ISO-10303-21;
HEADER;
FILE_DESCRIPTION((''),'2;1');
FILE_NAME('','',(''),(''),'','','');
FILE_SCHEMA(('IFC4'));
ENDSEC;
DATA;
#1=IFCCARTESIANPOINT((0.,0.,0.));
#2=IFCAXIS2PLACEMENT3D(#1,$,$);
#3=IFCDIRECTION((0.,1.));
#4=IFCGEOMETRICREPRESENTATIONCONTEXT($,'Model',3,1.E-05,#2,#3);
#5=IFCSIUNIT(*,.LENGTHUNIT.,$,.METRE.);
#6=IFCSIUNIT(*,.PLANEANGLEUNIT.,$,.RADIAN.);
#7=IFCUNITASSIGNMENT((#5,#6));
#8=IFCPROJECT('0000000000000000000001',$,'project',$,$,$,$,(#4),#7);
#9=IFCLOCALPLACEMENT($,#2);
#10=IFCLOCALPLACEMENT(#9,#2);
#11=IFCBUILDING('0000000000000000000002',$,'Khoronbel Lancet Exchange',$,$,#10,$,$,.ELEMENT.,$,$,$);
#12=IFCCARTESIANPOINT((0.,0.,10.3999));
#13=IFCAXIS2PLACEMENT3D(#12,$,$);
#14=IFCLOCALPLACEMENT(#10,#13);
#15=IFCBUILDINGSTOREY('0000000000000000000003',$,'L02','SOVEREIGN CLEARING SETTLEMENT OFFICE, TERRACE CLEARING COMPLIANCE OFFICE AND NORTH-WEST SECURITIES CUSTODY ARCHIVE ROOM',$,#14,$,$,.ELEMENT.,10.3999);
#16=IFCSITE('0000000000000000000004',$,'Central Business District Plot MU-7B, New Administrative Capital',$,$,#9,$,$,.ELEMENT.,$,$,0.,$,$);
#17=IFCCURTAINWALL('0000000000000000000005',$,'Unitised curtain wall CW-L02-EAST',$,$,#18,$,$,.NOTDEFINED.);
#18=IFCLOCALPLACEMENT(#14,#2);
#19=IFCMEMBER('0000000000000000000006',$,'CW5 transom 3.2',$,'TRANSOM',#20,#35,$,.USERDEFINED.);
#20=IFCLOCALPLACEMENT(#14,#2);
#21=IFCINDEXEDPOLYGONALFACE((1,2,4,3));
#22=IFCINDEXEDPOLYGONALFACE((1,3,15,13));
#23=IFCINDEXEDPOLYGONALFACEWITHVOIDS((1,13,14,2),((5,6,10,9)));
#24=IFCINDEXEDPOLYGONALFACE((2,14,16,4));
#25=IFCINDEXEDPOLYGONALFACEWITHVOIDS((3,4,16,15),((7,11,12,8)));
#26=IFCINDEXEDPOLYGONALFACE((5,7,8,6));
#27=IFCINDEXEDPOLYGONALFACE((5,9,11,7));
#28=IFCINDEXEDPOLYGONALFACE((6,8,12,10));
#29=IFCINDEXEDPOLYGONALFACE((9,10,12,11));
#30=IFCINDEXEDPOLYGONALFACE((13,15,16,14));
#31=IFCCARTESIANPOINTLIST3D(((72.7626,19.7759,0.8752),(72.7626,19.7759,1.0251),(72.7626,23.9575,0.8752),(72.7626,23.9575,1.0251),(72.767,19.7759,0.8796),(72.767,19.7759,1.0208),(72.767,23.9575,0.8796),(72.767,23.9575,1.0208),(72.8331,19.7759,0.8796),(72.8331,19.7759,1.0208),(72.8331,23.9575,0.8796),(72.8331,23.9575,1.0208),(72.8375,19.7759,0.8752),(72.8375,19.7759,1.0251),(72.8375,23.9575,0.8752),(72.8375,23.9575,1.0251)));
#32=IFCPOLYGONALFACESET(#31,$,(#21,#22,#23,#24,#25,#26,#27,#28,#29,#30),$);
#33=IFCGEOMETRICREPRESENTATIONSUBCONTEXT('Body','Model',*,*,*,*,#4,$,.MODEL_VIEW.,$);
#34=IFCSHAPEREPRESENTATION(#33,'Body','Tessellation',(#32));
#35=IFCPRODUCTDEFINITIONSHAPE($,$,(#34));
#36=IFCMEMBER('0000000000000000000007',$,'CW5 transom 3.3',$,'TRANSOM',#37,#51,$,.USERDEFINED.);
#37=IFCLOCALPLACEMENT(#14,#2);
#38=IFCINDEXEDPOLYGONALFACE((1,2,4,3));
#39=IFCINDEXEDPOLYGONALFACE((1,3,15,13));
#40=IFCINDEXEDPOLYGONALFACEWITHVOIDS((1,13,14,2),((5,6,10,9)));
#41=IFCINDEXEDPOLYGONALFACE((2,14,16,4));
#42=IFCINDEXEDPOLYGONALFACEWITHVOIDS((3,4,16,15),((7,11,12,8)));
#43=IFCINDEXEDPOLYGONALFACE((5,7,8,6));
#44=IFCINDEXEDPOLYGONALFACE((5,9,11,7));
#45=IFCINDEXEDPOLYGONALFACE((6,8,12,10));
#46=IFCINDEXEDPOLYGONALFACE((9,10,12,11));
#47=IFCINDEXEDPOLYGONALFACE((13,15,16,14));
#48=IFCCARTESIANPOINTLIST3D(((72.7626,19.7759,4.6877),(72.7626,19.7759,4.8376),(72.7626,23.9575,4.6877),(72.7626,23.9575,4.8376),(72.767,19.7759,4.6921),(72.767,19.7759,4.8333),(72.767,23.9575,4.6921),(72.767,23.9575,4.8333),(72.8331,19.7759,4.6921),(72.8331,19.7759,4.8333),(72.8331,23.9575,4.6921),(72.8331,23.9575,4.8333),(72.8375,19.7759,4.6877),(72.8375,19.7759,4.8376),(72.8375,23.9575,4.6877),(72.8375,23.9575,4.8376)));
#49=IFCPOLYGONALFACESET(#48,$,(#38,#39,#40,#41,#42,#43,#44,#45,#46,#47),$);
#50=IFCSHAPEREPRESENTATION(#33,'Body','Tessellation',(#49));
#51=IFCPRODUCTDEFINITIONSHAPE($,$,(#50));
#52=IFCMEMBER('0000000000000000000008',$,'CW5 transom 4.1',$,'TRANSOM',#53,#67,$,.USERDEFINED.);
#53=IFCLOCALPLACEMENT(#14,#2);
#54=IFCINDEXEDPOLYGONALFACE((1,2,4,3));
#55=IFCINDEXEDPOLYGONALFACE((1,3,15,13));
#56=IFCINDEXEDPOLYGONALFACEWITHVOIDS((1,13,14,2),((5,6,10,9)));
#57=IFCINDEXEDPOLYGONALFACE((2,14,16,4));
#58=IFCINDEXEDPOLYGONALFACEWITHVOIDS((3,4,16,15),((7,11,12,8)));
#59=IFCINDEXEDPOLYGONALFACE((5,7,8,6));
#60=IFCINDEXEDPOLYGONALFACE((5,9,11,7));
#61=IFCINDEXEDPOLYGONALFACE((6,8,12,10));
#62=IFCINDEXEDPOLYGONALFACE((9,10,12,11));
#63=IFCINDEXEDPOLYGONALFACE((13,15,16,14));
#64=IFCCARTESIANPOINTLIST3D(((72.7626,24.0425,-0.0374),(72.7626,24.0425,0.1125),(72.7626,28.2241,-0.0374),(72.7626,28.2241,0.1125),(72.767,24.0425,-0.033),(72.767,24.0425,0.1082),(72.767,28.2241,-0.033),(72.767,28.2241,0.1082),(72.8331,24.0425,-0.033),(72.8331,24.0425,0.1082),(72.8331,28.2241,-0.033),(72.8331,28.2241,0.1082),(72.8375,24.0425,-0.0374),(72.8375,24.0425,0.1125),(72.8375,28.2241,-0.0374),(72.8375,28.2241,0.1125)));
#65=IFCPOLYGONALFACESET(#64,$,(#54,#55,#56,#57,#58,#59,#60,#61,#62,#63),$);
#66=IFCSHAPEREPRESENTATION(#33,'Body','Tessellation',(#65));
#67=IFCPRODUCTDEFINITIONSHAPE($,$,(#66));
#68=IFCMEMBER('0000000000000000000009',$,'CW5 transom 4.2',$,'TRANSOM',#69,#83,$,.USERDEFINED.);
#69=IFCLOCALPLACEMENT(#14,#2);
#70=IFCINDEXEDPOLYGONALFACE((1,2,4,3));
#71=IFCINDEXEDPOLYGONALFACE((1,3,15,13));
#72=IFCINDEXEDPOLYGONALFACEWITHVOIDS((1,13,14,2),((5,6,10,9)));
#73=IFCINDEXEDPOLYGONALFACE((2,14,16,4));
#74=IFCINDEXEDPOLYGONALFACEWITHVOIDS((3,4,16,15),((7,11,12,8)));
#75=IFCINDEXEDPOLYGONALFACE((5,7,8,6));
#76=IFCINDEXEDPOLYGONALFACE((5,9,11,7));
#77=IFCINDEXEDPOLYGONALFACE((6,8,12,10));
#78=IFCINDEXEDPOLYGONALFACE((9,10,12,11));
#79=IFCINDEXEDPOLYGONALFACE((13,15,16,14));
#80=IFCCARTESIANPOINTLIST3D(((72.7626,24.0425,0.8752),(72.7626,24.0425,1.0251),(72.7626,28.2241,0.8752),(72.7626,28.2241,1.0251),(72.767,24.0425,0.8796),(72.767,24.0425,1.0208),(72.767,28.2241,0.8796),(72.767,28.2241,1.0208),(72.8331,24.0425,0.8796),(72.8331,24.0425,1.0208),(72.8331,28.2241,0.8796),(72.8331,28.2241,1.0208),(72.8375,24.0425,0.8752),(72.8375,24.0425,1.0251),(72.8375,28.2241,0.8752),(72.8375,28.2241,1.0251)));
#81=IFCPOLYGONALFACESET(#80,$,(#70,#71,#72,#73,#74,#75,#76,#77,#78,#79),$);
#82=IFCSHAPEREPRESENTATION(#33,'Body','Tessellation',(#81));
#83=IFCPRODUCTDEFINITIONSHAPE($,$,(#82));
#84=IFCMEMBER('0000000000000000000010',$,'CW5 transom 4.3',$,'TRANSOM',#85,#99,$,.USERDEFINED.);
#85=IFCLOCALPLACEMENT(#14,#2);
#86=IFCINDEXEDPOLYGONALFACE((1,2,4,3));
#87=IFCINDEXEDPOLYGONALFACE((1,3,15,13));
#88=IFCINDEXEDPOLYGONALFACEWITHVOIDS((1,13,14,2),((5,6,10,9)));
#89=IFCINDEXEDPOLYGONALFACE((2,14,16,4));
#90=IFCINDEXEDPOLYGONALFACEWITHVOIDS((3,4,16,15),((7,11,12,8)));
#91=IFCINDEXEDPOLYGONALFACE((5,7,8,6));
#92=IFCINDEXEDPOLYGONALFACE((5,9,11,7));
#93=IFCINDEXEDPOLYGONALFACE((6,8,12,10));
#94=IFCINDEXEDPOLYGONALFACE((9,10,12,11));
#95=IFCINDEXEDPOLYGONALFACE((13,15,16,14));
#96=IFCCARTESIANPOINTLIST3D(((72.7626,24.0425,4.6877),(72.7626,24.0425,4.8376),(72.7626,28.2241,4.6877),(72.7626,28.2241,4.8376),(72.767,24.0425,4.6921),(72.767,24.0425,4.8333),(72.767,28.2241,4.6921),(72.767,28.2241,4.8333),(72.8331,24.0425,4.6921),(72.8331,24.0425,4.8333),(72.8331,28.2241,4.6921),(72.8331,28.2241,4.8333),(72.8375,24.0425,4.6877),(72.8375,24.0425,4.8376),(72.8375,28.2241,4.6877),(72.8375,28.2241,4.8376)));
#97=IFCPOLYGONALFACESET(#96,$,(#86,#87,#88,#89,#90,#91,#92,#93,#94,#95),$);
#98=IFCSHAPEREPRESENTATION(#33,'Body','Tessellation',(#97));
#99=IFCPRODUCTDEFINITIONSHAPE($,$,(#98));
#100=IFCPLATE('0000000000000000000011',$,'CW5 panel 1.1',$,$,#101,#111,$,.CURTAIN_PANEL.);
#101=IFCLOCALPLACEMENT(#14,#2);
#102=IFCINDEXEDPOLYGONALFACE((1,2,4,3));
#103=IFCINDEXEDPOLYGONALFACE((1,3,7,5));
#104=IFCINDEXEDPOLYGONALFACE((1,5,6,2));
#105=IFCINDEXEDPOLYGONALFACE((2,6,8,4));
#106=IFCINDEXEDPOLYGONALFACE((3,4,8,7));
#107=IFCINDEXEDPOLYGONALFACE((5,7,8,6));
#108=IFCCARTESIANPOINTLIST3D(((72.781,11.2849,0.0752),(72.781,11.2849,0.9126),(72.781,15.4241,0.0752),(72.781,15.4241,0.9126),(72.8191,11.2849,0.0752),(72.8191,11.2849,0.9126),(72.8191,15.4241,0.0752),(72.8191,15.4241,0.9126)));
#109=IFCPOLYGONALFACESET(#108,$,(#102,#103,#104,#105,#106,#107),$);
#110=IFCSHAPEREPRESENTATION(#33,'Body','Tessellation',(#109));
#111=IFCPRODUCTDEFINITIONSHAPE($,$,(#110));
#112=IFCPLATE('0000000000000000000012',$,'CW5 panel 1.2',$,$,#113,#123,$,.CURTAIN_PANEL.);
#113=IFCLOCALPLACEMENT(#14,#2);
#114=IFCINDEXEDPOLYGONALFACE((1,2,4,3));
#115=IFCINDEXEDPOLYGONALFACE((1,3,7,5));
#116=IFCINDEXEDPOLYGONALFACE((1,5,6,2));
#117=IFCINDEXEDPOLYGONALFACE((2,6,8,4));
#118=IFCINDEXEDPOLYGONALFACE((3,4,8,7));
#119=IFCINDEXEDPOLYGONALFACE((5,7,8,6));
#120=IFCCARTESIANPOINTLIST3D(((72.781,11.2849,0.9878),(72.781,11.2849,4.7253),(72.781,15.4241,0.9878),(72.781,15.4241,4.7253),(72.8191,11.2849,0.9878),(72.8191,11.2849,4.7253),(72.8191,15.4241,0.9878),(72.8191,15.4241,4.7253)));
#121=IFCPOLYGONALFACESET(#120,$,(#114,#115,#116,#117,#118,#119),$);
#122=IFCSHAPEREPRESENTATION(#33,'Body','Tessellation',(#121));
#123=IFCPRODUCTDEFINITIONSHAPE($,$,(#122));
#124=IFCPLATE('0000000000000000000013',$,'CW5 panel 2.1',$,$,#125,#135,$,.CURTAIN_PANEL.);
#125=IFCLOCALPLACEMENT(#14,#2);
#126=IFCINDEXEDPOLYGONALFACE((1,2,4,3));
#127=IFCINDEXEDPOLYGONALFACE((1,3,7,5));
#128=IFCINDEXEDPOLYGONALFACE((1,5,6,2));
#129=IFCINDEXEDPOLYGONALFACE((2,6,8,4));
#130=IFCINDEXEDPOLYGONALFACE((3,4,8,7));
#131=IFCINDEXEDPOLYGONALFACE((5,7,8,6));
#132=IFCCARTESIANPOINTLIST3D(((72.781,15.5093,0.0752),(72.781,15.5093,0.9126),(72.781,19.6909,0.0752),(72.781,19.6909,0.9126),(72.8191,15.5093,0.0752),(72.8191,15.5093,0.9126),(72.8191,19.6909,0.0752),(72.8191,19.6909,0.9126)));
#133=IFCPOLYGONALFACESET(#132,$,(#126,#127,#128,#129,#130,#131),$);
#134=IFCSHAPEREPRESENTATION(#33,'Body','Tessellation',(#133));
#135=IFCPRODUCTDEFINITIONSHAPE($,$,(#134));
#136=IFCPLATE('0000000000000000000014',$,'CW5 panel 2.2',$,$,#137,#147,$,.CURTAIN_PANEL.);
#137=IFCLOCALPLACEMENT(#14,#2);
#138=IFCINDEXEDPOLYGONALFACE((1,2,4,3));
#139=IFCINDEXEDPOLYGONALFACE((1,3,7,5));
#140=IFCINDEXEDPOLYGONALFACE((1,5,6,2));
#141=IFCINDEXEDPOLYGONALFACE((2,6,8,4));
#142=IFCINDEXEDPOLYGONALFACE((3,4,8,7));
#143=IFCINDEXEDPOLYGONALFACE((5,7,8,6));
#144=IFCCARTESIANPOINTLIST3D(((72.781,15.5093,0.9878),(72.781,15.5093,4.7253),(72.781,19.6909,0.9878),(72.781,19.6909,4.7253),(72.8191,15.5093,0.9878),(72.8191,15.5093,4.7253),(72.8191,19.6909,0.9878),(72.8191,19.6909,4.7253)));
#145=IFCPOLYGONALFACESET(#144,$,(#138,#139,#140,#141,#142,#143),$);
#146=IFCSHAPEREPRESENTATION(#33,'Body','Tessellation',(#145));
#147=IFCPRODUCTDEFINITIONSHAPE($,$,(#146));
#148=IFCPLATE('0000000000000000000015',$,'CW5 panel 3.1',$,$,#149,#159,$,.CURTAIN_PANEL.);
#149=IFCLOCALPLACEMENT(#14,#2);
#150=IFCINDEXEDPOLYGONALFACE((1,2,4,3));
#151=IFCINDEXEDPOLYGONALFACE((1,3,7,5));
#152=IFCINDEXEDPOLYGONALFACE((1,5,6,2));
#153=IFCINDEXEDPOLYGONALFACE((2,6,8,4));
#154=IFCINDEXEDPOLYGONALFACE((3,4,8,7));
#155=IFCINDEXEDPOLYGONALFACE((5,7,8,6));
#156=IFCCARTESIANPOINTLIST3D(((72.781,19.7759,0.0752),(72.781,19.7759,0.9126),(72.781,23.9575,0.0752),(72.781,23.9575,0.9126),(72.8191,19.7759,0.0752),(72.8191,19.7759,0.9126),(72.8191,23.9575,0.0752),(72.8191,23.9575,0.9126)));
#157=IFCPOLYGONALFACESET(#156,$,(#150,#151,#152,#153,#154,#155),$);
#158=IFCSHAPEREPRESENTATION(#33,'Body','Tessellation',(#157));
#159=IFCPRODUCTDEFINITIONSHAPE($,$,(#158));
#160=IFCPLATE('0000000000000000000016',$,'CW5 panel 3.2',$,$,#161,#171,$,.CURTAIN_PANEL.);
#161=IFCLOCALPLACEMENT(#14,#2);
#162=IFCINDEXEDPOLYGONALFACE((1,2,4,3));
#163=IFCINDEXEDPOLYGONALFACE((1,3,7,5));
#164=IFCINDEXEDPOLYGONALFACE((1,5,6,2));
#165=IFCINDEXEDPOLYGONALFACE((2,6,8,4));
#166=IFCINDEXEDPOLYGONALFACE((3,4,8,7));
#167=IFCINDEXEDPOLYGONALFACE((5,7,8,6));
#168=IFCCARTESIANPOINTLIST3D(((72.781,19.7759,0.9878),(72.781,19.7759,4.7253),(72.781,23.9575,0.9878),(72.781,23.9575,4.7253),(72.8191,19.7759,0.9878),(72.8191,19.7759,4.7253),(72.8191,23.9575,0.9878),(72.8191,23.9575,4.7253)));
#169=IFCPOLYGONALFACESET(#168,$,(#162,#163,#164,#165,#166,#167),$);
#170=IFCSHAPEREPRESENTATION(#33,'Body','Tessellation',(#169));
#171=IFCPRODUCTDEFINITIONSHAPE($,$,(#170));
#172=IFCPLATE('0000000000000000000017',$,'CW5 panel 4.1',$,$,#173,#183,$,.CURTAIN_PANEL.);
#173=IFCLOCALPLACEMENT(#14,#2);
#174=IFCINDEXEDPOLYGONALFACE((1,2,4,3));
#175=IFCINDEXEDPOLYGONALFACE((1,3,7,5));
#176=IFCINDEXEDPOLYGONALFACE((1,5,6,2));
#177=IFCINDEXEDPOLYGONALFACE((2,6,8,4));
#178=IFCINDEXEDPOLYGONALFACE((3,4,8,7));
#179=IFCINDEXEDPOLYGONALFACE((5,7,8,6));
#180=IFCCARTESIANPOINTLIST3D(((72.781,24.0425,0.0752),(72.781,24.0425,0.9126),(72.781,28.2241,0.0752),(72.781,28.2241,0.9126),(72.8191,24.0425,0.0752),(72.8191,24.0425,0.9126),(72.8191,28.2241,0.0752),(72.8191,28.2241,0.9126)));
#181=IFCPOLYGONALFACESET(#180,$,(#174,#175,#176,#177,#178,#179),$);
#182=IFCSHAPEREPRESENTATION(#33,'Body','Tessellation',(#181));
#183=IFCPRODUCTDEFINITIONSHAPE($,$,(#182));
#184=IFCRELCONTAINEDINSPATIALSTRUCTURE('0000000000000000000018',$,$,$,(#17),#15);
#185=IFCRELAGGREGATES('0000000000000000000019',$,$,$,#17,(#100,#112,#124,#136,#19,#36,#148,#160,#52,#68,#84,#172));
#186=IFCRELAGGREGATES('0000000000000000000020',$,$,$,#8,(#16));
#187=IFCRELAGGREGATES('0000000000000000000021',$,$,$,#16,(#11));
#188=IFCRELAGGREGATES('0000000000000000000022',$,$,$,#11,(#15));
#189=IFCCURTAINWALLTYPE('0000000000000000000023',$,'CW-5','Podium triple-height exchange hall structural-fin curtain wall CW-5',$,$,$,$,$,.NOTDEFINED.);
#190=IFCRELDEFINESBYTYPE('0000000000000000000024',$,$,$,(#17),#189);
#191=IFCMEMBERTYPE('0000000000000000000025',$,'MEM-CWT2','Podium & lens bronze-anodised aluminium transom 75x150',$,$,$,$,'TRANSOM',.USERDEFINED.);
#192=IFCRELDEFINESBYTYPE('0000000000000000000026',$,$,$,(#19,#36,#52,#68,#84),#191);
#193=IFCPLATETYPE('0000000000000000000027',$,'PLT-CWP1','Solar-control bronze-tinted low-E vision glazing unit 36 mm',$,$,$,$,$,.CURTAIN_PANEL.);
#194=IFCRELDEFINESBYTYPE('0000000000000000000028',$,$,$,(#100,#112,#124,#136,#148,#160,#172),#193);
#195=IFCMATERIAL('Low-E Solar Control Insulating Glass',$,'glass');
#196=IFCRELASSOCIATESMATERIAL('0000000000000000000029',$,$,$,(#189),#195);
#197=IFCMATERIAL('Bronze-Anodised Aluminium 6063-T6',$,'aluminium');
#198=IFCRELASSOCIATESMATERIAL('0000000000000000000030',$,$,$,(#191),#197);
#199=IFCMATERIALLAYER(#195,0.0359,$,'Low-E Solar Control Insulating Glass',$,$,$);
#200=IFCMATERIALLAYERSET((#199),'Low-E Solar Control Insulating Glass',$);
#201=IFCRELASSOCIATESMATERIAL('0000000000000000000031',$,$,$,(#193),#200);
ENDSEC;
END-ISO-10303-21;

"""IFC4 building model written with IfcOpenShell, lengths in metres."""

from ifc_helpers import new_model, si_unit, direction, frame, origin, origin_2d, place, context, subcontext, project, spatial, rectangle, hollow_rectangle, extrude, material, layer, layer_set, material_profile, profile_set, type_object, element, aggregate, save


model = new_model("IFC4")

# Units and contexts
model_context = context("Model", 3, precision=1e-05, world=origin(), true_north=direction((0.0, 1.0)))
body_context = subcontext(model_context, "Body", "Model", "MODEL_VIEW")
ifc_project = project(units=[si_unit("LENGTHUNIT", "METRE"), si_unit("PLANEANGLEUNIT", "RADIAN")], contexts=[model_context])

# Site, building, storey
site_placement = place(None, origin())
site = spatial("IfcSite", under=ifc_project, at=site_placement, Name="Central Business District Plot MU-7B, New Administrative Capital", CompositionType="ELEMENT", RefElevation=0.0)
building_placement = place(site_placement, origin())
building = spatial("IfcBuilding", under=site, at=building_placement, Name="Khoronbel Lancet Exchange", CompositionType="ELEMENT")
storey_placement = place(building_placement, frame((0.0, 0.0, 10.3999)))
storey = spatial("IfcBuildingStorey", under=building, at=storey_placement, Name="L02", Description="SOVEREIGN CLEARING SETTLEMENT OFFICE, TERRACE CLEARING COMPLIANCE OFFICE AND NORTH-WEST SECURITIES CUSTODY ARCHIVE ROOM", CompositionType="ELEMENT", Elevation=10.3999)

# Curtain wall, members, plates
ifc_material_1 = material(Name="Low-E Solar Control Insulating Glass", Category="glass")
curtain_wall_type = type_object("IfcCurtainWallType", Name="CW-5", Description="Podium triple-height exchange hall structural-fin curtain wall CW-5", PredefinedType="NOTDEFINED", material=ifc_material_1)
curtain_wall_placement = place(storey_placement, origin())
curtain_wall = element("IfcCurtainWall", 1, at=curtain_wall_placement, inside=storey, type_object=curtain_wall_type, Name="Unitised curtain wall CW-L02-EAST", PredefinedType="NOTDEFINED")
ifc_material_2 = material(Name="Bronze-Anodised Aluminium 6063-T6", Category="aluminium")
ifc_material_profile_1 = material_profile(ifc_material_2, hollow_rectangle(XDim=0.075, YDim=0.1499, WallThickness=0.0044, at=origin_2d()), Name="ALU TRANSOM 75x150")
ifc_profile_set_1 = profile_set([ifc_material_profile_1], Name="Bronze-Anodised Aluminium 6063-T6")
member_type_1 = type_object("IfcMemberType", Name="MEM-CWT2", Description="Podium & lens bronze-anodised aluminium transom 75x150", ElementType="TRANSOM", PredefinedType="USERDEFINED", material=ifc_profile_set_1)
member_1_placement = place(storey_placement, frame((72.8, 19.7759, 0.9502), z_axis=(0.0, 1.0, 0.0), x_axis=(-1.0, 0.0, 0.0)))
member_1 = element("IfcMember", 2, at=member_1_placement, type_object=member_type_1, Name="CW5 transom 3.2", ObjectType="TRANSOM", PredefinedType="USERDEFINED", context=body_context, shape_type="SweptSolid", body=[
    extrude(hollow_rectangle(XDim=0.075, YDim=0.1499, WallThickness=0.0044, at=origin_2d()), origin(), (0.0, 0.0, 1.0), 4.1816),
])
member_2_placement = place(storey_placement, frame((72.8, 19.7759, 4.7627), z_axis=(0.0, 1.0, 0.0), x_axis=(-1.0, 0.0, 0.0)))
member_2 = element("IfcMember", 3, at=member_2_placement, type_object=member_type_1, Name="CW5 transom 3.3", ObjectType="TRANSOM", PredefinedType="USERDEFINED", context=body_context, shape_type="SweptSolid", body=[
    extrude(hollow_rectangle(XDim=0.075, YDim=0.1499, WallThickness=0.0044, at=origin_2d()), origin(), (0.0, 0.0, 1.0), 4.1816),
])
member_3_placement = place(storey_placement, frame((72.8, 24.0425, 0.0376), z_axis=(0.0, 1.0, 0.0), x_axis=(-1.0, 0.0, 0.0)))
member_3 = element("IfcMember", 4, at=member_3_placement, type_object=member_type_1, Name="CW5 transom 4.1", ObjectType="TRANSOM", PredefinedType="USERDEFINED", context=body_context, shape_type="SweptSolid", body=[
    extrude(hollow_rectangle(XDim=0.075, YDim=0.1499, WallThickness=0.0044, at=origin_2d()), origin(), (0.0, 0.0, 1.0), 4.1816),
])
member_4_placement = place(storey_placement, frame((72.8, 24.0425, 0.9502), z_axis=(0.0, 1.0, 0.0), x_axis=(-1.0, 0.0, 0.0)))
member_4 = element("IfcMember", 5, at=member_4_placement, type_object=member_type_1, Name="CW5 transom 4.2", ObjectType="TRANSOM", PredefinedType="USERDEFINED", context=body_context, shape_type="SweptSolid", body=[
    extrude(hollow_rectangle(XDim=0.075, YDim=0.1499, WallThickness=0.0044, at=origin_2d()), origin(), (0.0, 0.0, 1.0), 4.1816),
])
member_5_placement = place(storey_placement, frame((72.8, 24.0425, 4.7627), z_axis=(0.0, 1.0, 0.0), x_axis=(-1.0, 0.0, 0.0)))
member_5 = element("IfcMember", 6, at=member_5_placement, type_object=member_type_1, Name="CW5 transom 4.3", ObjectType="TRANSOM", PredefinedType="USERDEFINED", context=body_context, shape_type="SweptSolid", body=[
    extrude(hollow_rectangle(XDim=0.075, YDim=0.1499, WallThickness=0.0044, at=origin_2d()), origin(), (0.0, 0.0, 1.0), 4.1816),
])
ifc_layer_1 = layer(ifc_material_1, 0.0359, Name="Low-E Solar Control Insulating Glass")
ifc_layer_set_1 = layer_set([ifc_layer_1], Name="Low-E Solar Control Insulating Glass")
plate_type = type_object("IfcPlateType", Name="PLT-CWP1", Description="Solar-control bronze-tinted low-E vision glazing unit 36 mm", PredefinedType="CURTAIN_PANEL", material=ifc_layer_set_1)
plate_1_placement = place(storey_placement, frame((72.8, 13.3545, 0.0752), z_axis=(0.0, 0.0, 1.0), x_axis=(0.0, 1.0, 0.0)))
plate_1 = element("IfcPlate", 7, at=plate_1_placement, type_object=plate_type, Name="CW5 panel 1.1", PredefinedType="CURTAIN_PANEL", context=body_context, shape_type="SweptSolid", body=[
    extrude(rectangle(XDim=4.1392, YDim=0.0381, at=origin_2d()), origin(), (0.0, 0.0, 1.0), 0.8374),
])
plate_2_placement = place(storey_placement, frame((72.8, 13.3545, 0.9878), z_axis=(0.0, 0.0, 1.0), x_axis=(0.0, 1.0, 0.0)))
plate_2 = element("IfcPlate", 8, at=plate_2_placement, type_object=plate_type, Name="CW5 panel 1.2", PredefinedType="CURTAIN_PANEL", context=body_context, shape_type="SweptSolid", body=[
    extrude(rectangle(XDim=4.1392, YDim=0.0381, at=origin_2d()), origin(), (0.0, 0.0, 1.0), 3.7375),
])
plate_3_placement = place(storey_placement, frame((72.8, 17.6001, 0.0752), z_axis=(0.0, 0.0, 1.0), x_axis=(0.0, 1.0, 0.0)))
plate_3 = element("IfcPlate", 9, at=plate_3_placement, type_object=plate_type, Name="CW5 panel 2.1", PredefinedType="CURTAIN_PANEL", context=body_context, shape_type="SweptSolid", body=[
    extrude(rectangle(XDim=4.1816, YDim=0.0381, at=origin_2d()), origin(), (0.0, 0.0, 1.0), 0.8374),
])
plate_4_placement = place(storey_placement, frame((72.8, 17.6001, 0.9878), z_axis=(0.0, 0.0, 1.0), x_axis=(0.0, 1.0, 0.0)))
plate_4 = element("IfcPlate", 10, at=plate_4_placement, type_object=plate_type, Name="CW5 panel 2.2", PredefinedType="CURTAIN_PANEL", context=body_context, shape_type="SweptSolid", body=[
    extrude(rectangle(XDim=4.1816, YDim=0.0381, at=origin_2d()), origin(), (0.0, 0.0, 1.0), 3.7375),
])
plate_5_placement = place(storey_placement, frame((72.8, 21.8667, 0.0752), z_axis=(0.0, 0.0, 1.0), x_axis=(0.0, 1.0, 0.0)))
plate_5 = element("IfcPlate", 11, at=plate_5_placement, type_object=plate_type, Name="CW5 panel 3.1", PredefinedType="CURTAIN_PANEL", context=body_context, shape_type="SweptSolid", body=[
    extrude(rectangle(XDim=4.1816, YDim=0.0381, at=origin_2d()), origin(), (0.0, 0.0, 1.0), 0.8374),
])
plate_6_placement = place(storey_placement, frame((72.8, 21.8667, 0.9878), z_axis=(0.0, 0.0, 1.0), x_axis=(0.0, 1.0, 0.0)))
plate_6 = element("IfcPlate", 12, at=plate_6_placement, type_object=plate_type, Name="CW5 panel 3.2", PredefinedType="CURTAIN_PANEL", context=body_context, shape_type="SweptSolid", body=[
    extrude(rectangle(XDim=4.1816, YDim=0.0381, at=origin_2d()), origin(), (0.0, 0.0, 1.0), 3.7375),
])
plate_7_placement = place(storey_placement, frame((72.8, 26.1333, 0.0752), z_axis=(0.0, 0.0, 1.0), x_axis=(0.0, 1.0, 0.0)))
plate_7 = element("IfcPlate", 13, at=plate_7_placement, type_object=plate_type, Name="CW5 panel 4.1", PredefinedType="CURTAIN_PANEL", context=body_context, shape_type="SweptSolid", body=[
    extrude(rectangle(XDim=4.1816, YDim=0.0381, at=origin_2d()), origin(), (0.0, 0.0, 1.0), 0.8374),
])
aggregate(curtain_wall, [plate_1, plate_2, plate_3, plate_4, member_1, member_2, plate_5, plate_6, member_3, member_4, member_5, plate_7])

save(model, "model.ifc")
